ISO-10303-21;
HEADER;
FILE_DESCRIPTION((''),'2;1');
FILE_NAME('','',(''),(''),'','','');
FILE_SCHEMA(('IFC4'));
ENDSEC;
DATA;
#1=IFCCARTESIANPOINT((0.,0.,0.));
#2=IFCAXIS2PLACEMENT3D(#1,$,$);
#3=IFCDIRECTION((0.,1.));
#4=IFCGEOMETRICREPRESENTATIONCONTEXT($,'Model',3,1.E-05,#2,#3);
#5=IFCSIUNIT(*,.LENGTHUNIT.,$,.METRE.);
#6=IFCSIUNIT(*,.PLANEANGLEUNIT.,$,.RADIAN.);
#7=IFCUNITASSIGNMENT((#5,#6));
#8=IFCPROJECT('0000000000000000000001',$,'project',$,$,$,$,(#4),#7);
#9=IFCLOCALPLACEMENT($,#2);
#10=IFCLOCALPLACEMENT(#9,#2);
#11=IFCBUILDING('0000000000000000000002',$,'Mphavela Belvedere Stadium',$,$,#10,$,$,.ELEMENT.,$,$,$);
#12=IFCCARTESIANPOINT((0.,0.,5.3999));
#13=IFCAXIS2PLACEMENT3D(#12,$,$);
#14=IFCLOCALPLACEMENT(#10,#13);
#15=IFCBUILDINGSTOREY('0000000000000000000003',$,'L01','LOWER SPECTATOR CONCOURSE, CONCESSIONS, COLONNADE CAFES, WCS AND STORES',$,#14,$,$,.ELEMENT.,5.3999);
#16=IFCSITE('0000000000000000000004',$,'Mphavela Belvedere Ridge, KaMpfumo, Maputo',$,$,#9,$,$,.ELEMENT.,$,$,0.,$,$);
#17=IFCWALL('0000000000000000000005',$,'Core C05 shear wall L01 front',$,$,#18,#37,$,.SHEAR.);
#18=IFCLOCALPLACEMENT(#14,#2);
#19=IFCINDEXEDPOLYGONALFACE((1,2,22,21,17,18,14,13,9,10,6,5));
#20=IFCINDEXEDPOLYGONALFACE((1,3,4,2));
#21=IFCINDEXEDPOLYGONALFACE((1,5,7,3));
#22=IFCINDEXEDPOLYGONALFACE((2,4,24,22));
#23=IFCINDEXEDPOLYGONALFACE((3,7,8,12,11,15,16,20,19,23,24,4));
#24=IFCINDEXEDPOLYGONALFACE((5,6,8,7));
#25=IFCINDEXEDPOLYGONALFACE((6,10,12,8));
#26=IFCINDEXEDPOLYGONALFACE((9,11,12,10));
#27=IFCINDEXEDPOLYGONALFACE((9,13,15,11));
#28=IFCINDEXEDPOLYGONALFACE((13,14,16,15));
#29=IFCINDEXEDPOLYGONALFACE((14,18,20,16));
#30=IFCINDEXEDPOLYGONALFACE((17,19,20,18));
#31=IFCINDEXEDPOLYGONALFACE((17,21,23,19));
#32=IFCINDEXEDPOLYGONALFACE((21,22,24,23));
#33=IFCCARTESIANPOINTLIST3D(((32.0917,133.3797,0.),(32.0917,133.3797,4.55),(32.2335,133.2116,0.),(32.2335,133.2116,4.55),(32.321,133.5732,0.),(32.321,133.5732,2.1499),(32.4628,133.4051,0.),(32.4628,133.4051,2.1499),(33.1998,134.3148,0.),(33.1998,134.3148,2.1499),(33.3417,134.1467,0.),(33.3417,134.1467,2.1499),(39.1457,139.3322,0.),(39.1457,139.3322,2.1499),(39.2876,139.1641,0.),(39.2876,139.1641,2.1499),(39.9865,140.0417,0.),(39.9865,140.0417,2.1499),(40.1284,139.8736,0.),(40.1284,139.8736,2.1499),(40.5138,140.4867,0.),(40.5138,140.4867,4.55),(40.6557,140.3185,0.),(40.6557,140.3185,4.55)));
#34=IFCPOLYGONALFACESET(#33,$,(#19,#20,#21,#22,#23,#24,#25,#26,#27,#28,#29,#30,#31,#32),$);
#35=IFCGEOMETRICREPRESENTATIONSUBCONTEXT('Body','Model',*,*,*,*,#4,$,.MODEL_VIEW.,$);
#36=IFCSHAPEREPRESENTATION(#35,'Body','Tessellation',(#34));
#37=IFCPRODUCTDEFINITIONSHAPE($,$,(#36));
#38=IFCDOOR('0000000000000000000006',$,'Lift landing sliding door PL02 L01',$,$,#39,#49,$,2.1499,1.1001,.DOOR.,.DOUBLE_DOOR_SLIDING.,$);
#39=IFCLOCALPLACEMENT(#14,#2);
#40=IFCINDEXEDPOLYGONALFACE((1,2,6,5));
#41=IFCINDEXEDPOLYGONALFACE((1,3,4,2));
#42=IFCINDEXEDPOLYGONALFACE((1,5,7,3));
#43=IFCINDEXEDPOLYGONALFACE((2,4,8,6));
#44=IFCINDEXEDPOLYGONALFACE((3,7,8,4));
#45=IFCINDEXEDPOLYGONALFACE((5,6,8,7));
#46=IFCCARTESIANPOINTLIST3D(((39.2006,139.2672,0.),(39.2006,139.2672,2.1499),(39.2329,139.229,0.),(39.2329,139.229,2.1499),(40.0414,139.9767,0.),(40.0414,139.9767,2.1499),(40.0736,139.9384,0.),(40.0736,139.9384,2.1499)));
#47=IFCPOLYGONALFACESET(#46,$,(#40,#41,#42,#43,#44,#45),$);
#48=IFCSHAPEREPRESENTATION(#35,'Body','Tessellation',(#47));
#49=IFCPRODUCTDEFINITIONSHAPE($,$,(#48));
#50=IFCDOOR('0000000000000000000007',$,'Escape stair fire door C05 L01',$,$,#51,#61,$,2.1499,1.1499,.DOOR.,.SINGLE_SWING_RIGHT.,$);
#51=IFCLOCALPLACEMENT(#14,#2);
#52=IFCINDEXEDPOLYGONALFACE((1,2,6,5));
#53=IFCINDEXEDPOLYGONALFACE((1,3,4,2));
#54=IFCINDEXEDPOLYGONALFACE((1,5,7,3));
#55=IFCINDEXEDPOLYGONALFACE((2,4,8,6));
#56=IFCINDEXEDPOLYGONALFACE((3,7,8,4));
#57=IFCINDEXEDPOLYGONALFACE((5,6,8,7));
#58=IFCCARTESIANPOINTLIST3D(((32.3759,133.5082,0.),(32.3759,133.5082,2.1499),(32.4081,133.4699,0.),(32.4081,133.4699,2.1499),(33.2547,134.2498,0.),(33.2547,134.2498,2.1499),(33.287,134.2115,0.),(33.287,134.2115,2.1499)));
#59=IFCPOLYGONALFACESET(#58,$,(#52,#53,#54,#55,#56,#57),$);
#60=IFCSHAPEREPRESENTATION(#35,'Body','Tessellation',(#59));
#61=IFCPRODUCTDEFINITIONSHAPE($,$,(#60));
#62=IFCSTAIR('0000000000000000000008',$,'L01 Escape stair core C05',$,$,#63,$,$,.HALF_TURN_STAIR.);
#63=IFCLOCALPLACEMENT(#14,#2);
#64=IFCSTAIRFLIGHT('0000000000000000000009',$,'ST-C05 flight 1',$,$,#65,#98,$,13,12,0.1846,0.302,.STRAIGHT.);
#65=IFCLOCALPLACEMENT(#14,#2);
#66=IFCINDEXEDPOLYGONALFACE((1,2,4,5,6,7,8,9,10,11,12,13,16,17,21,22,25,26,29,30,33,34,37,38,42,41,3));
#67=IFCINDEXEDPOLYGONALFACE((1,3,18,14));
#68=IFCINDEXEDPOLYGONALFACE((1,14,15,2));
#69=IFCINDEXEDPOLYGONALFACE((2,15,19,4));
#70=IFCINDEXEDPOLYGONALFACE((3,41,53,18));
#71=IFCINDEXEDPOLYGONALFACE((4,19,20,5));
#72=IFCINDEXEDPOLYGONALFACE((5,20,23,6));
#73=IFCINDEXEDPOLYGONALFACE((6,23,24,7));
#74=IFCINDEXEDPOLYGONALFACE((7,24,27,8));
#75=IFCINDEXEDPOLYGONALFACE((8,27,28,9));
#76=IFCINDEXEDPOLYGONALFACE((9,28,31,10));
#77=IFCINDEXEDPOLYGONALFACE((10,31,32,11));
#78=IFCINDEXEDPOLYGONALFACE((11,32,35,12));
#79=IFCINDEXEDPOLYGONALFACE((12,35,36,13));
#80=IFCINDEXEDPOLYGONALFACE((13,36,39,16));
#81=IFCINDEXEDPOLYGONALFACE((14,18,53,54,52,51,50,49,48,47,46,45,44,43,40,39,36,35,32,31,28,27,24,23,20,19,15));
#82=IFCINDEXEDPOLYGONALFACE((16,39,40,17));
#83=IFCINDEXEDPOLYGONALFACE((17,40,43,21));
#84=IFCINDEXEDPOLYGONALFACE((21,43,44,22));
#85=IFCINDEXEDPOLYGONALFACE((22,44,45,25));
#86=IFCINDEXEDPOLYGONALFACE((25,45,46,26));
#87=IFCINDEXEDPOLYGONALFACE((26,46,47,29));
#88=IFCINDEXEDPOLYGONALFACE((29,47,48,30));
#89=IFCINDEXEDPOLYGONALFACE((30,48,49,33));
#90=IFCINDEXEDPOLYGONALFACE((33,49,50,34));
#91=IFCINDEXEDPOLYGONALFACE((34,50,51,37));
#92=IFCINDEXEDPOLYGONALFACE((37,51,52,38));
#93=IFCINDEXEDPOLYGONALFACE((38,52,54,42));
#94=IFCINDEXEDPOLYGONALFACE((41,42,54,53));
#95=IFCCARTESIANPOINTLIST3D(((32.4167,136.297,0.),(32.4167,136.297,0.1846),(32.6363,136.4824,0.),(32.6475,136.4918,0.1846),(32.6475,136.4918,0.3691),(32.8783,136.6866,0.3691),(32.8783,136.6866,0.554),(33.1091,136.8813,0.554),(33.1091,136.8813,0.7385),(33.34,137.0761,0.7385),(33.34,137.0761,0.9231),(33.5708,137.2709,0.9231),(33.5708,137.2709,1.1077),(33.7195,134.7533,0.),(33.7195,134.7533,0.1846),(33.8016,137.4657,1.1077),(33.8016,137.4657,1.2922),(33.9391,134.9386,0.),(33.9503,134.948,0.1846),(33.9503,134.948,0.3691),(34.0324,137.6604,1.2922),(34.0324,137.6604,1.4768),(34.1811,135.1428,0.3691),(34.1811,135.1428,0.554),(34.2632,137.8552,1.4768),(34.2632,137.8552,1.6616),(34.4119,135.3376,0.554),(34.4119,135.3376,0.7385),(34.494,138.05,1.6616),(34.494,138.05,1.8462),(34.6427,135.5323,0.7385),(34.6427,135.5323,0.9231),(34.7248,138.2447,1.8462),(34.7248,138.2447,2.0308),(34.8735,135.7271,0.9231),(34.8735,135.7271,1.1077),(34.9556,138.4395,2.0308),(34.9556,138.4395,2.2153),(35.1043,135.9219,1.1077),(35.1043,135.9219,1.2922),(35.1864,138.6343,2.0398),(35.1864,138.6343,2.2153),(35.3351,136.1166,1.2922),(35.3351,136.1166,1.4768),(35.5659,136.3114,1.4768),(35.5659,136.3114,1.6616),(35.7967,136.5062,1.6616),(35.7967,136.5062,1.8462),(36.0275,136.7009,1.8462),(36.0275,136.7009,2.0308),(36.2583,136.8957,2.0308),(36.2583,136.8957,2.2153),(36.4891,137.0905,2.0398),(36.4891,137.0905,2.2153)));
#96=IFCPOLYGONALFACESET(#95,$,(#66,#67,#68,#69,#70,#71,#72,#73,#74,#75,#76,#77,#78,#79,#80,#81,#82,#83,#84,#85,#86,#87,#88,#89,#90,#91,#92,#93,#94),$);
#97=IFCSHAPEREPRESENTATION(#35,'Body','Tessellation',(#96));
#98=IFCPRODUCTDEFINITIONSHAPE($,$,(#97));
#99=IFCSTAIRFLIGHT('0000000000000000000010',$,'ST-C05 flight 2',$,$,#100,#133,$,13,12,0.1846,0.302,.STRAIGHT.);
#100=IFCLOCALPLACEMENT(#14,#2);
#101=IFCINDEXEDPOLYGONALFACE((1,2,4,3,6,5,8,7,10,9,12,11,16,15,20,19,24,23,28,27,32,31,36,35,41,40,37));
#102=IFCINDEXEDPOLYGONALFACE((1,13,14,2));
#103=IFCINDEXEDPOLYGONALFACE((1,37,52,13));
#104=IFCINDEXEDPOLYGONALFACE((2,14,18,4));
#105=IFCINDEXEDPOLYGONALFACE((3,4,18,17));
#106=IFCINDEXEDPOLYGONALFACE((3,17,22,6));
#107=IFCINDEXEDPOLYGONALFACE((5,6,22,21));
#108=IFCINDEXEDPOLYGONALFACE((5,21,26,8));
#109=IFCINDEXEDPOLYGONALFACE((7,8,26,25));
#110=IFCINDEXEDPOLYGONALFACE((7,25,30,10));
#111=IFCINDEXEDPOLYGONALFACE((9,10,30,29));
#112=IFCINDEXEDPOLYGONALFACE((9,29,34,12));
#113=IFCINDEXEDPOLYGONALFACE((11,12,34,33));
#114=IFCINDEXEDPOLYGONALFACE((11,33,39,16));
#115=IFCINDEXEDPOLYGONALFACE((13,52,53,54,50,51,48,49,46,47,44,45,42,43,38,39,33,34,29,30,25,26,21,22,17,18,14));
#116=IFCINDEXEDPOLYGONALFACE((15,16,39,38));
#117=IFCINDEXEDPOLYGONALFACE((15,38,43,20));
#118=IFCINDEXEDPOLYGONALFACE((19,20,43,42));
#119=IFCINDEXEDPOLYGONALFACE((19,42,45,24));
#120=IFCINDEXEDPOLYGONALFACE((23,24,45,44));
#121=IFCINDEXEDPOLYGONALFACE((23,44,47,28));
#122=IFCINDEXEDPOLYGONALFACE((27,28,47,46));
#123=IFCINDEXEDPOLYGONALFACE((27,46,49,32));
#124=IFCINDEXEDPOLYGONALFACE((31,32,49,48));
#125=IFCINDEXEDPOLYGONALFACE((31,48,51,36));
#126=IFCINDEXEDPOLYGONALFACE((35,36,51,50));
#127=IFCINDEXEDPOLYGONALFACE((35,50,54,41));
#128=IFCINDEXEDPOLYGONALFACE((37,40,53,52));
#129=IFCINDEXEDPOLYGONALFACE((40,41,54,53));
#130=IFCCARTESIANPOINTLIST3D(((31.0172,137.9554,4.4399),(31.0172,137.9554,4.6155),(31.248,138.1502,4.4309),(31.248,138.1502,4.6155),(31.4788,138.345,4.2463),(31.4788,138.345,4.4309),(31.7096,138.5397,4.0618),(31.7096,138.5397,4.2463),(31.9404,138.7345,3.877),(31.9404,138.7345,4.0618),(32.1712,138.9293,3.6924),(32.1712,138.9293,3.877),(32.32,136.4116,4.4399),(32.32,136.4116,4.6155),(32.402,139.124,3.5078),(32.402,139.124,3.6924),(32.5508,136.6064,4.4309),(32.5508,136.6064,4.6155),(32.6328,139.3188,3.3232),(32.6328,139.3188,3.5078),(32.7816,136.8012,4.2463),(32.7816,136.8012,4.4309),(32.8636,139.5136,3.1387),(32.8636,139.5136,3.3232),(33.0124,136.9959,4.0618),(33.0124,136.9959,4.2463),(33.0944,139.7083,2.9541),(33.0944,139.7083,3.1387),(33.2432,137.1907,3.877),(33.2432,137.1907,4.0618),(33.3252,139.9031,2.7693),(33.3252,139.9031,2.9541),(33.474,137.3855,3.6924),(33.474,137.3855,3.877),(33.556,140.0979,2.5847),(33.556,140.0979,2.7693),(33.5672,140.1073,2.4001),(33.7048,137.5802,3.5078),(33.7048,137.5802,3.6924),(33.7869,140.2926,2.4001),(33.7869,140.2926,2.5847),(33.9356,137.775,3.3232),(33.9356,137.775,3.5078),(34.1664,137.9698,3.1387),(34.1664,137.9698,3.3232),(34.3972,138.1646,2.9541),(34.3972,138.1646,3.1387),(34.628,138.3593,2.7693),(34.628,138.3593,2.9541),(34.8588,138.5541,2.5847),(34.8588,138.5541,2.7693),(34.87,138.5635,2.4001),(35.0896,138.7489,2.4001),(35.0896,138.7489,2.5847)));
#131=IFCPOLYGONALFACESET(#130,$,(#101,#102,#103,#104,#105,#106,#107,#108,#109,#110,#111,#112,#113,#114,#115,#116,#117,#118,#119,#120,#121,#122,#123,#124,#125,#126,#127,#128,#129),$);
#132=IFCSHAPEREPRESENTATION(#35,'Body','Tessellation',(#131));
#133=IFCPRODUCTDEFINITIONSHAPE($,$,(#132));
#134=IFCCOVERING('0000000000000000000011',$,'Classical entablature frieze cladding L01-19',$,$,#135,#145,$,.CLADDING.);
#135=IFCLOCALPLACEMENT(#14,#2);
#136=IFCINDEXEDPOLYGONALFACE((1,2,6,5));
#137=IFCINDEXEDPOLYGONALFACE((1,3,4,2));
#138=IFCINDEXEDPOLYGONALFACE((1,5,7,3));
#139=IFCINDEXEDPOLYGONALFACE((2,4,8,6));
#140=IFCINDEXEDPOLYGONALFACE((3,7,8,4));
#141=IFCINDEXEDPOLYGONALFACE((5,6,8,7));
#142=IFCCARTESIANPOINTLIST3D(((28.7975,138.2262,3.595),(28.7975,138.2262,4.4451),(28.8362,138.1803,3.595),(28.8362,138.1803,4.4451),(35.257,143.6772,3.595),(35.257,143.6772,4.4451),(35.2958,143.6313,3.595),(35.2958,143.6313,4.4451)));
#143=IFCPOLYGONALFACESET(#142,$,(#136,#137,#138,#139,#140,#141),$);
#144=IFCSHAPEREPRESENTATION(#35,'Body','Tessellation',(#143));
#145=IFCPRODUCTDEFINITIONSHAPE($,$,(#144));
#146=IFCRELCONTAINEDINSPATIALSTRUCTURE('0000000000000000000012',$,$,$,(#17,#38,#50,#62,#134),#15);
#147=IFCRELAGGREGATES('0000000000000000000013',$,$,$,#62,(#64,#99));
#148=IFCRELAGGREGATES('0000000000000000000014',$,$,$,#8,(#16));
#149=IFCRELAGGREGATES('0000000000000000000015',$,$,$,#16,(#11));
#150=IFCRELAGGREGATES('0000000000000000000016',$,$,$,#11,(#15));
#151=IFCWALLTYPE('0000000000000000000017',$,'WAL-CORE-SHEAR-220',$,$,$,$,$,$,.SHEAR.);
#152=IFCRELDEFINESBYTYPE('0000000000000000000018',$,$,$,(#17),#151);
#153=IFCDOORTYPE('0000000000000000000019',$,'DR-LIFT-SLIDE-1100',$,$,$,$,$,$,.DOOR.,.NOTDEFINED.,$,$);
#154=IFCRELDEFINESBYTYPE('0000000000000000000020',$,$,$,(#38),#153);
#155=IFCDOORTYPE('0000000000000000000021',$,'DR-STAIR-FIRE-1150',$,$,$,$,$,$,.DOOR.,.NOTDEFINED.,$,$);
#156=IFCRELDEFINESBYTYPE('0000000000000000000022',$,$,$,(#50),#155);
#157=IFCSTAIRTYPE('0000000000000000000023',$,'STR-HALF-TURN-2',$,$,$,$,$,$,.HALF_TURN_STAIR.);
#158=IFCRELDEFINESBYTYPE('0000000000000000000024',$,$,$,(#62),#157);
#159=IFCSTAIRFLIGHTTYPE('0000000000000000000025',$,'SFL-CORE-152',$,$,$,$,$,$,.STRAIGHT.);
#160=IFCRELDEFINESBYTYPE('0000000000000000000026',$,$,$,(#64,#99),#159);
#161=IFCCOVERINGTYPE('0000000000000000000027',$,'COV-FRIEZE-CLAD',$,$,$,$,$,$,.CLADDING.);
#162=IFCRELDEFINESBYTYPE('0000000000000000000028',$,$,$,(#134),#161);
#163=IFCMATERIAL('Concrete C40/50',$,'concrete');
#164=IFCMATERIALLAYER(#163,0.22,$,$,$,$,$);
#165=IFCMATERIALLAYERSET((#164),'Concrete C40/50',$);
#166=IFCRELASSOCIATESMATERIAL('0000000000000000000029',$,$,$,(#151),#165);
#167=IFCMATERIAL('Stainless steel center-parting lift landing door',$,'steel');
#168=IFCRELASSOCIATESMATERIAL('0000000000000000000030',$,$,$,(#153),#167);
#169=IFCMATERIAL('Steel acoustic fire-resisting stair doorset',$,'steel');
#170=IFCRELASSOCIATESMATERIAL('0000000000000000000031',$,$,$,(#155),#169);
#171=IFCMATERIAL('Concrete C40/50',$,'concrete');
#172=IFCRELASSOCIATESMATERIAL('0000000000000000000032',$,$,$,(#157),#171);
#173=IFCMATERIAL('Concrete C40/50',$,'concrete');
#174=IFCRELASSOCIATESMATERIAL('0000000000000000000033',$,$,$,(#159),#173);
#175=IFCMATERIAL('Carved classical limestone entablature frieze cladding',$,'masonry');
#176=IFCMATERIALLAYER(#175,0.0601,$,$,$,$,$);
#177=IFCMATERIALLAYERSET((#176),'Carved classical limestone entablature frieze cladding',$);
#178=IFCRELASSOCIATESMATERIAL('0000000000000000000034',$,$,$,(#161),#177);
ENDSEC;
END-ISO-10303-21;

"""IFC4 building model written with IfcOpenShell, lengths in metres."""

from ifc_helpers import new_model, si_unit, direction, frame, frame_2d, origin, origin_2d, place, context, subcontext, project, spatial, polyline, rectangle, outline, extrude, material, layer, layer_set, type_object, element, fill, aggregate, save


model = new_model("IFC4")

# Units and contexts
model_context = context("Model", 3, precision=1e-05, world=origin(), true_north=direction((0.0, 1.0)))
body_context = subcontext(model_context, "Body", "Model", "MODEL_VIEW")
ifc_project = project(units=[si_unit("LENGTHUNIT", "METRE"), si_unit("PLANEANGLEUNIT", "RADIAN")], contexts=[model_context])

# Site, building, storey
site_placement = place(None, origin())
site = spatial("IfcSite", under=ifc_project, at=site_placement, Name="Mphavela Belvedere Ridge, KaMpfumo, Maputo", CompositionType="ELEMENT", RefElevation=0.0)
building_placement = place(site_placement, origin())
building = spatial("IfcBuilding", under=site, at=building_placement, Name="Mphavela Belvedere Stadium", CompositionType="ELEMENT")
storey_placement = place(building_placement, frame((0.0, 0.0, 5.3999)))
storey = spatial("IfcBuildingStorey", under=building, at=storey_placement, Name="L01", Description="LOWER SPECTATOR CONCOURSE, CONCESSIONS, COLONNADE CAFES, WCS AND STORES", CompositionType="ELEMENT", Elevation=5.3999)

# Shared definitions
ifc_material_1 = material(Name="Concrete C40/50", Category="concrete")
ifc_layer_1 = layer(ifc_material_1, 0.22)
ifc_layer_set_1 = layer_set([ifc_layer_1], Name="Concrete C40/50")
wall_type = type_object("IfcWallType", Name="WAL-CORE-SHEAR-220", PredefinedType="SHEAR", material=ifc_layer_set_1)

# Wall, openings, doors
wall_1_placement = place(storey_placement, frame((32.1626, 133.2957, 0.0), z_axis=(0.0, 0.0, 1.0), x_axis=(0.764257, 0.644912, 0.0)))
wall_1 = element("IfcWall", 1, at=wall_1_placement, inside=storey, type_object=wall_type, Name="Core C05 shear wall L01 front", PredefinedType="SHEAR", context=body_context, shape_type="SweptSolid", body=[
    extrude(rectangle(XDim=11.02, YDim=0.22, at=frame_2d((5.51, 0.0))), origin(), (0.0, 0.0, 1.0), 4.55),
])
opening_1_placement = place(wall_1_placement, frame((0.3, 0.0, 0.0)))
opening_1 = element("IfcOpeningElement", 2, at=opening_1_placement, cuts=wall_1, PredefinedType="OPENING", context=body_context, shape_type="SweptSolid", body=[
    extrude(rectangle(XDim=1.1499, YDim=2.1499, at=frame_2d((0.575, 1.075))), frame((0.0, 0.1201, 0.0), z_axis=(0.0, -1.0, 0.0), x_axis=(1.0, 0.0, 0.0)), (0.0, 0.0, 1.0), 0.24),
])
opening_2_placement = place(wall_1_placement, frame((9.23, 0.0, 0.0)))
opening_2 = element("IfcOpeningElement", 3, at=opening_2_placement, cuts=wall_1, PredefinedType="OPENING", context=body_context, shape_type="SweptSolid", body=[
    extrude(rectangle(XDim=1.1001, YDim=2.1499, at=frame_2d((0.55, 1.075))), frame((0.0, 0.1201, 0.0), z_axis=(0.0, -1.0, 0.0), x_axis=(1.0, 0.0, 0.0)), (0.0, 0.0, 1.0), 0.24),
])
ifc_material_2 = material(Name="Stainless steel center-parting lift landing door", Category="steel")
door_type_1 = type_object("IfcDoorType", Name="DR-LIFT-SLIDE-1100", OperationType="NOTDEFINED", PredefinedType="DOOR", material=ifc_material_2)
door_1_placement = place(opening_2_placement, origin())
door_1 = element("IfcDoor", 4, at=door_1_placement, inside=storey, type_object=door_type_1, Name="Lift landing sliding door PL02 L01", OperationType="DOUBLE_DOOR_SLIDING", OverallHeight=2.1499, OverallWidth=1.1001, PredefinedType="DOOR", context=body_context, shape_type="SweptSolid", body=[
    extrude(rectangle(XDim=1.1001, YDim=2.1499, at=frame_2d((0.55, 1.075))), frame((0.0, 0.0249, 0.0), z_axis=(0.0, -1.0, 0.0), x_axis=(1.0, 0.0, 0.0)), (0.0, 0.0, 1.0), 0.05),
])
fill(opening_2, door_1)
ifc_material_3 = material(Name="Steel acoustic fire-resisting stair doorset", Category="steel")
door_type_2 = type_object("IfcDoorType", Name="DR-STAIR-FIRE-1150", OperationType="NOTDEFINED", PredefinedType="DOOR", material=ifc_material_3)
door_2_placement = place(opening_1_placement, origin())
door_2 = element("IfcDoor", 5, at=door_2_placement, inside=storey, type_object=door_type_2, Name="Escape stair fire door C05 L01", OperationType="SINGLE_SWING_RIGHT", OverallHeight=2.1499, OverallWidth=1.1499, PredefinedType="DOOR", context=body_context, shape_type="SweptSolid", body=[
    extrude(rectangle(XDim=1.1499, YDim=2.1499, at=frame_2d((0.575, 1.075))), frame((0.0, 0.0249, 0.0), z_axis=(0.0, -1.0, 0.0), x_axis=(1.0, 0.0, 0.0)), (0.0, 0.0, 1.0), 0.05),
])
fill(opening_1, door_2)

# Stair, stair flights
ifc_material_4 = material(Name="Concrete C40/50", Category="concrete")
stair_type = type_object("IfcStairType", Name="STR-HALF-TURN-2", PredefinedType="HALF_TURN_STAIR", material=ifc_material_4)
stair_placement = place(storey_placement, origin())
stair = element("IfcStair", 6, at=stair_placement, inside=storey, type_object=stair_type, Name="L01 Escape stair core C05", PredefinedType="HALF_TURN_STAIR")
ifc_material_5 = material(Name="Concrete C40/50", Category="concrete")
stair_flight_type = type_object("IfcStairFlightType", Name="SFL-CORE-152", PredefinedType="STRAIGHT", material=ifc_material_5)
stair_flight_1_placement = place(storey_placement, frame((33.0681, 135.5251, 0.0), z_axis=(0.0, 0.0, 1.0), x_axis=(0.764246, 0.644924, 0.0)))
stair_flight_1 = element("IfcStairFlight", 7, at=stair_flight_1_placement, type_object=stair_flight_type, Name="ST-C05 flight 1", NumberOfRisers=13, NumberOfTreads=12, PredefinedType="STRAIGHT", RiserHeight=0.1846, TreadLength=0.302, context=body_context, shape_type="SweptSolid", body=[
    extrude(outline(polyline([(0.0, 0.0), (0.0, 0.1846), (0.302, 0.1846), (0.302, 0.3691), (0.604, 0.3691), (0.604, 0.554), (0.906, 0.554), (0.906, 0.7385), (1.208, 0.7385), (1.208, 0.9231), (1.51, 0.9231), (1.51, 1.1077), (1.812, 1.1077), (1.812, 1.2922), (2.114, 1.2922), (2.114, 1.4768), (2.416, 1.4768), (2.416, 1.6616), (2.718, 1.6616), (2.718, 1.8462), (3.02, 1.8462), (3.02, 2.0308), (3.322, 2.0308), (3.322, 2.2153), (3.624, 2.2153), (3.624, 2.3999), (3.624, 2.0398), (0.2874, 0.0), (0.0, 0.0)])), frame((0.0, 1.01, 0.0), z_axis=(0.0, -1.0, 0.0), x_axis=(1.0, 0.0, 0.0)), (0.0, 0.0, 1.0), 2.02),
])
stair_flight_2_placement = place(storey_placement, frame((34.4382, 139.5208, 2.4001), z_axis=(0.0, 0.0, 1.0), x_axis=(-0.764246, -0.644924, 0.0)))
stair_flight_2 = element("IfcStairFlight", 8, at=stair_flight_2_placement, type_object=stair_flight_type, Name="ST-C05 flight 2", NumberOfRisers=13, NumberOfTreads=12, PredefinedType="STRAIGHT", RiserHeight=0.1846, TreadLength=0.302, context=body_context, shape_type="SweptSolid", body=[
    extrude(outline(polyline([(0.0, 0.0), (0.0, 0.1846), (0.302, 0.1846), (0.302, 0.3691), (0.604, 0.3691), (0.604, 0.554), (0.906, 0.554), (0.906, 0.7385), (1.208, 0.7385), (1.208, 0.9231), (1.51, 0.9231), (1.51, 1.1077), (1.812, 1.1077), (1.812, 1.2922), (2.114, 1.2922), (2.114, 1.4768), (2.416, 1.4768), (2.416, 1.6616), (2.718, 1.6616), (2.718, 1.8462), (3.02, 1.8462), (3.02, 2.0308), (3.322, 2.0308), (3.322, 2.2153), (3.624, 2.2153), (3.624, 2.3999), (3.624, 2.0398), (0.2874, 0.0), (0.0, 0.0)])), frame((0.0, 1.01, 0.0), z_axis=(0.0, -1.0, 0.0), x_axis=(1.0, 0.0, 0.0)), (0.0, 0.0, 1.0), 2.02),
])
aggregate(stair, [stair_flight_1, stair_flight_2])

# Covering
ifc_material_6 = material(Name="Carved classical limestone entablature frieze cladding", Category="masonry")
ifc_layer_2 = layer(ifc_material_6, 0.0601)
ifc_layer_set_2 = layer_set([ifc_layer_2], Name="Carved classical limestone entablature frieze cladding")
covering_type = type_object("IfcCoveringType", Name="COV-FRIEZE-CLAD", PredefinedType="CLADDING", material=ifc_layer_set_2)
covering_placement = place(storey_placement, frame((32.0466, 140.9287, 3.595), z_axis=(0.0, 0.0, 1.0), x_axis=(-0.764246, -0.644924, 0.0)))
element("IfcCovering", 9, at=covering_placement, inside=storey, type_object=covering_type, Name="Classical entablature frieze cladding L01-19", PredefinedType="CLADDING", context=body_context, shape_type="SweptSolid", body=[
    extrude(rectangle(XDim=8.4521, YDim=0.0601, at=origin_2d()), origin(), (0.0, 0.0, 1.0), 0.8501),
])

save(model, "model.ifc")
